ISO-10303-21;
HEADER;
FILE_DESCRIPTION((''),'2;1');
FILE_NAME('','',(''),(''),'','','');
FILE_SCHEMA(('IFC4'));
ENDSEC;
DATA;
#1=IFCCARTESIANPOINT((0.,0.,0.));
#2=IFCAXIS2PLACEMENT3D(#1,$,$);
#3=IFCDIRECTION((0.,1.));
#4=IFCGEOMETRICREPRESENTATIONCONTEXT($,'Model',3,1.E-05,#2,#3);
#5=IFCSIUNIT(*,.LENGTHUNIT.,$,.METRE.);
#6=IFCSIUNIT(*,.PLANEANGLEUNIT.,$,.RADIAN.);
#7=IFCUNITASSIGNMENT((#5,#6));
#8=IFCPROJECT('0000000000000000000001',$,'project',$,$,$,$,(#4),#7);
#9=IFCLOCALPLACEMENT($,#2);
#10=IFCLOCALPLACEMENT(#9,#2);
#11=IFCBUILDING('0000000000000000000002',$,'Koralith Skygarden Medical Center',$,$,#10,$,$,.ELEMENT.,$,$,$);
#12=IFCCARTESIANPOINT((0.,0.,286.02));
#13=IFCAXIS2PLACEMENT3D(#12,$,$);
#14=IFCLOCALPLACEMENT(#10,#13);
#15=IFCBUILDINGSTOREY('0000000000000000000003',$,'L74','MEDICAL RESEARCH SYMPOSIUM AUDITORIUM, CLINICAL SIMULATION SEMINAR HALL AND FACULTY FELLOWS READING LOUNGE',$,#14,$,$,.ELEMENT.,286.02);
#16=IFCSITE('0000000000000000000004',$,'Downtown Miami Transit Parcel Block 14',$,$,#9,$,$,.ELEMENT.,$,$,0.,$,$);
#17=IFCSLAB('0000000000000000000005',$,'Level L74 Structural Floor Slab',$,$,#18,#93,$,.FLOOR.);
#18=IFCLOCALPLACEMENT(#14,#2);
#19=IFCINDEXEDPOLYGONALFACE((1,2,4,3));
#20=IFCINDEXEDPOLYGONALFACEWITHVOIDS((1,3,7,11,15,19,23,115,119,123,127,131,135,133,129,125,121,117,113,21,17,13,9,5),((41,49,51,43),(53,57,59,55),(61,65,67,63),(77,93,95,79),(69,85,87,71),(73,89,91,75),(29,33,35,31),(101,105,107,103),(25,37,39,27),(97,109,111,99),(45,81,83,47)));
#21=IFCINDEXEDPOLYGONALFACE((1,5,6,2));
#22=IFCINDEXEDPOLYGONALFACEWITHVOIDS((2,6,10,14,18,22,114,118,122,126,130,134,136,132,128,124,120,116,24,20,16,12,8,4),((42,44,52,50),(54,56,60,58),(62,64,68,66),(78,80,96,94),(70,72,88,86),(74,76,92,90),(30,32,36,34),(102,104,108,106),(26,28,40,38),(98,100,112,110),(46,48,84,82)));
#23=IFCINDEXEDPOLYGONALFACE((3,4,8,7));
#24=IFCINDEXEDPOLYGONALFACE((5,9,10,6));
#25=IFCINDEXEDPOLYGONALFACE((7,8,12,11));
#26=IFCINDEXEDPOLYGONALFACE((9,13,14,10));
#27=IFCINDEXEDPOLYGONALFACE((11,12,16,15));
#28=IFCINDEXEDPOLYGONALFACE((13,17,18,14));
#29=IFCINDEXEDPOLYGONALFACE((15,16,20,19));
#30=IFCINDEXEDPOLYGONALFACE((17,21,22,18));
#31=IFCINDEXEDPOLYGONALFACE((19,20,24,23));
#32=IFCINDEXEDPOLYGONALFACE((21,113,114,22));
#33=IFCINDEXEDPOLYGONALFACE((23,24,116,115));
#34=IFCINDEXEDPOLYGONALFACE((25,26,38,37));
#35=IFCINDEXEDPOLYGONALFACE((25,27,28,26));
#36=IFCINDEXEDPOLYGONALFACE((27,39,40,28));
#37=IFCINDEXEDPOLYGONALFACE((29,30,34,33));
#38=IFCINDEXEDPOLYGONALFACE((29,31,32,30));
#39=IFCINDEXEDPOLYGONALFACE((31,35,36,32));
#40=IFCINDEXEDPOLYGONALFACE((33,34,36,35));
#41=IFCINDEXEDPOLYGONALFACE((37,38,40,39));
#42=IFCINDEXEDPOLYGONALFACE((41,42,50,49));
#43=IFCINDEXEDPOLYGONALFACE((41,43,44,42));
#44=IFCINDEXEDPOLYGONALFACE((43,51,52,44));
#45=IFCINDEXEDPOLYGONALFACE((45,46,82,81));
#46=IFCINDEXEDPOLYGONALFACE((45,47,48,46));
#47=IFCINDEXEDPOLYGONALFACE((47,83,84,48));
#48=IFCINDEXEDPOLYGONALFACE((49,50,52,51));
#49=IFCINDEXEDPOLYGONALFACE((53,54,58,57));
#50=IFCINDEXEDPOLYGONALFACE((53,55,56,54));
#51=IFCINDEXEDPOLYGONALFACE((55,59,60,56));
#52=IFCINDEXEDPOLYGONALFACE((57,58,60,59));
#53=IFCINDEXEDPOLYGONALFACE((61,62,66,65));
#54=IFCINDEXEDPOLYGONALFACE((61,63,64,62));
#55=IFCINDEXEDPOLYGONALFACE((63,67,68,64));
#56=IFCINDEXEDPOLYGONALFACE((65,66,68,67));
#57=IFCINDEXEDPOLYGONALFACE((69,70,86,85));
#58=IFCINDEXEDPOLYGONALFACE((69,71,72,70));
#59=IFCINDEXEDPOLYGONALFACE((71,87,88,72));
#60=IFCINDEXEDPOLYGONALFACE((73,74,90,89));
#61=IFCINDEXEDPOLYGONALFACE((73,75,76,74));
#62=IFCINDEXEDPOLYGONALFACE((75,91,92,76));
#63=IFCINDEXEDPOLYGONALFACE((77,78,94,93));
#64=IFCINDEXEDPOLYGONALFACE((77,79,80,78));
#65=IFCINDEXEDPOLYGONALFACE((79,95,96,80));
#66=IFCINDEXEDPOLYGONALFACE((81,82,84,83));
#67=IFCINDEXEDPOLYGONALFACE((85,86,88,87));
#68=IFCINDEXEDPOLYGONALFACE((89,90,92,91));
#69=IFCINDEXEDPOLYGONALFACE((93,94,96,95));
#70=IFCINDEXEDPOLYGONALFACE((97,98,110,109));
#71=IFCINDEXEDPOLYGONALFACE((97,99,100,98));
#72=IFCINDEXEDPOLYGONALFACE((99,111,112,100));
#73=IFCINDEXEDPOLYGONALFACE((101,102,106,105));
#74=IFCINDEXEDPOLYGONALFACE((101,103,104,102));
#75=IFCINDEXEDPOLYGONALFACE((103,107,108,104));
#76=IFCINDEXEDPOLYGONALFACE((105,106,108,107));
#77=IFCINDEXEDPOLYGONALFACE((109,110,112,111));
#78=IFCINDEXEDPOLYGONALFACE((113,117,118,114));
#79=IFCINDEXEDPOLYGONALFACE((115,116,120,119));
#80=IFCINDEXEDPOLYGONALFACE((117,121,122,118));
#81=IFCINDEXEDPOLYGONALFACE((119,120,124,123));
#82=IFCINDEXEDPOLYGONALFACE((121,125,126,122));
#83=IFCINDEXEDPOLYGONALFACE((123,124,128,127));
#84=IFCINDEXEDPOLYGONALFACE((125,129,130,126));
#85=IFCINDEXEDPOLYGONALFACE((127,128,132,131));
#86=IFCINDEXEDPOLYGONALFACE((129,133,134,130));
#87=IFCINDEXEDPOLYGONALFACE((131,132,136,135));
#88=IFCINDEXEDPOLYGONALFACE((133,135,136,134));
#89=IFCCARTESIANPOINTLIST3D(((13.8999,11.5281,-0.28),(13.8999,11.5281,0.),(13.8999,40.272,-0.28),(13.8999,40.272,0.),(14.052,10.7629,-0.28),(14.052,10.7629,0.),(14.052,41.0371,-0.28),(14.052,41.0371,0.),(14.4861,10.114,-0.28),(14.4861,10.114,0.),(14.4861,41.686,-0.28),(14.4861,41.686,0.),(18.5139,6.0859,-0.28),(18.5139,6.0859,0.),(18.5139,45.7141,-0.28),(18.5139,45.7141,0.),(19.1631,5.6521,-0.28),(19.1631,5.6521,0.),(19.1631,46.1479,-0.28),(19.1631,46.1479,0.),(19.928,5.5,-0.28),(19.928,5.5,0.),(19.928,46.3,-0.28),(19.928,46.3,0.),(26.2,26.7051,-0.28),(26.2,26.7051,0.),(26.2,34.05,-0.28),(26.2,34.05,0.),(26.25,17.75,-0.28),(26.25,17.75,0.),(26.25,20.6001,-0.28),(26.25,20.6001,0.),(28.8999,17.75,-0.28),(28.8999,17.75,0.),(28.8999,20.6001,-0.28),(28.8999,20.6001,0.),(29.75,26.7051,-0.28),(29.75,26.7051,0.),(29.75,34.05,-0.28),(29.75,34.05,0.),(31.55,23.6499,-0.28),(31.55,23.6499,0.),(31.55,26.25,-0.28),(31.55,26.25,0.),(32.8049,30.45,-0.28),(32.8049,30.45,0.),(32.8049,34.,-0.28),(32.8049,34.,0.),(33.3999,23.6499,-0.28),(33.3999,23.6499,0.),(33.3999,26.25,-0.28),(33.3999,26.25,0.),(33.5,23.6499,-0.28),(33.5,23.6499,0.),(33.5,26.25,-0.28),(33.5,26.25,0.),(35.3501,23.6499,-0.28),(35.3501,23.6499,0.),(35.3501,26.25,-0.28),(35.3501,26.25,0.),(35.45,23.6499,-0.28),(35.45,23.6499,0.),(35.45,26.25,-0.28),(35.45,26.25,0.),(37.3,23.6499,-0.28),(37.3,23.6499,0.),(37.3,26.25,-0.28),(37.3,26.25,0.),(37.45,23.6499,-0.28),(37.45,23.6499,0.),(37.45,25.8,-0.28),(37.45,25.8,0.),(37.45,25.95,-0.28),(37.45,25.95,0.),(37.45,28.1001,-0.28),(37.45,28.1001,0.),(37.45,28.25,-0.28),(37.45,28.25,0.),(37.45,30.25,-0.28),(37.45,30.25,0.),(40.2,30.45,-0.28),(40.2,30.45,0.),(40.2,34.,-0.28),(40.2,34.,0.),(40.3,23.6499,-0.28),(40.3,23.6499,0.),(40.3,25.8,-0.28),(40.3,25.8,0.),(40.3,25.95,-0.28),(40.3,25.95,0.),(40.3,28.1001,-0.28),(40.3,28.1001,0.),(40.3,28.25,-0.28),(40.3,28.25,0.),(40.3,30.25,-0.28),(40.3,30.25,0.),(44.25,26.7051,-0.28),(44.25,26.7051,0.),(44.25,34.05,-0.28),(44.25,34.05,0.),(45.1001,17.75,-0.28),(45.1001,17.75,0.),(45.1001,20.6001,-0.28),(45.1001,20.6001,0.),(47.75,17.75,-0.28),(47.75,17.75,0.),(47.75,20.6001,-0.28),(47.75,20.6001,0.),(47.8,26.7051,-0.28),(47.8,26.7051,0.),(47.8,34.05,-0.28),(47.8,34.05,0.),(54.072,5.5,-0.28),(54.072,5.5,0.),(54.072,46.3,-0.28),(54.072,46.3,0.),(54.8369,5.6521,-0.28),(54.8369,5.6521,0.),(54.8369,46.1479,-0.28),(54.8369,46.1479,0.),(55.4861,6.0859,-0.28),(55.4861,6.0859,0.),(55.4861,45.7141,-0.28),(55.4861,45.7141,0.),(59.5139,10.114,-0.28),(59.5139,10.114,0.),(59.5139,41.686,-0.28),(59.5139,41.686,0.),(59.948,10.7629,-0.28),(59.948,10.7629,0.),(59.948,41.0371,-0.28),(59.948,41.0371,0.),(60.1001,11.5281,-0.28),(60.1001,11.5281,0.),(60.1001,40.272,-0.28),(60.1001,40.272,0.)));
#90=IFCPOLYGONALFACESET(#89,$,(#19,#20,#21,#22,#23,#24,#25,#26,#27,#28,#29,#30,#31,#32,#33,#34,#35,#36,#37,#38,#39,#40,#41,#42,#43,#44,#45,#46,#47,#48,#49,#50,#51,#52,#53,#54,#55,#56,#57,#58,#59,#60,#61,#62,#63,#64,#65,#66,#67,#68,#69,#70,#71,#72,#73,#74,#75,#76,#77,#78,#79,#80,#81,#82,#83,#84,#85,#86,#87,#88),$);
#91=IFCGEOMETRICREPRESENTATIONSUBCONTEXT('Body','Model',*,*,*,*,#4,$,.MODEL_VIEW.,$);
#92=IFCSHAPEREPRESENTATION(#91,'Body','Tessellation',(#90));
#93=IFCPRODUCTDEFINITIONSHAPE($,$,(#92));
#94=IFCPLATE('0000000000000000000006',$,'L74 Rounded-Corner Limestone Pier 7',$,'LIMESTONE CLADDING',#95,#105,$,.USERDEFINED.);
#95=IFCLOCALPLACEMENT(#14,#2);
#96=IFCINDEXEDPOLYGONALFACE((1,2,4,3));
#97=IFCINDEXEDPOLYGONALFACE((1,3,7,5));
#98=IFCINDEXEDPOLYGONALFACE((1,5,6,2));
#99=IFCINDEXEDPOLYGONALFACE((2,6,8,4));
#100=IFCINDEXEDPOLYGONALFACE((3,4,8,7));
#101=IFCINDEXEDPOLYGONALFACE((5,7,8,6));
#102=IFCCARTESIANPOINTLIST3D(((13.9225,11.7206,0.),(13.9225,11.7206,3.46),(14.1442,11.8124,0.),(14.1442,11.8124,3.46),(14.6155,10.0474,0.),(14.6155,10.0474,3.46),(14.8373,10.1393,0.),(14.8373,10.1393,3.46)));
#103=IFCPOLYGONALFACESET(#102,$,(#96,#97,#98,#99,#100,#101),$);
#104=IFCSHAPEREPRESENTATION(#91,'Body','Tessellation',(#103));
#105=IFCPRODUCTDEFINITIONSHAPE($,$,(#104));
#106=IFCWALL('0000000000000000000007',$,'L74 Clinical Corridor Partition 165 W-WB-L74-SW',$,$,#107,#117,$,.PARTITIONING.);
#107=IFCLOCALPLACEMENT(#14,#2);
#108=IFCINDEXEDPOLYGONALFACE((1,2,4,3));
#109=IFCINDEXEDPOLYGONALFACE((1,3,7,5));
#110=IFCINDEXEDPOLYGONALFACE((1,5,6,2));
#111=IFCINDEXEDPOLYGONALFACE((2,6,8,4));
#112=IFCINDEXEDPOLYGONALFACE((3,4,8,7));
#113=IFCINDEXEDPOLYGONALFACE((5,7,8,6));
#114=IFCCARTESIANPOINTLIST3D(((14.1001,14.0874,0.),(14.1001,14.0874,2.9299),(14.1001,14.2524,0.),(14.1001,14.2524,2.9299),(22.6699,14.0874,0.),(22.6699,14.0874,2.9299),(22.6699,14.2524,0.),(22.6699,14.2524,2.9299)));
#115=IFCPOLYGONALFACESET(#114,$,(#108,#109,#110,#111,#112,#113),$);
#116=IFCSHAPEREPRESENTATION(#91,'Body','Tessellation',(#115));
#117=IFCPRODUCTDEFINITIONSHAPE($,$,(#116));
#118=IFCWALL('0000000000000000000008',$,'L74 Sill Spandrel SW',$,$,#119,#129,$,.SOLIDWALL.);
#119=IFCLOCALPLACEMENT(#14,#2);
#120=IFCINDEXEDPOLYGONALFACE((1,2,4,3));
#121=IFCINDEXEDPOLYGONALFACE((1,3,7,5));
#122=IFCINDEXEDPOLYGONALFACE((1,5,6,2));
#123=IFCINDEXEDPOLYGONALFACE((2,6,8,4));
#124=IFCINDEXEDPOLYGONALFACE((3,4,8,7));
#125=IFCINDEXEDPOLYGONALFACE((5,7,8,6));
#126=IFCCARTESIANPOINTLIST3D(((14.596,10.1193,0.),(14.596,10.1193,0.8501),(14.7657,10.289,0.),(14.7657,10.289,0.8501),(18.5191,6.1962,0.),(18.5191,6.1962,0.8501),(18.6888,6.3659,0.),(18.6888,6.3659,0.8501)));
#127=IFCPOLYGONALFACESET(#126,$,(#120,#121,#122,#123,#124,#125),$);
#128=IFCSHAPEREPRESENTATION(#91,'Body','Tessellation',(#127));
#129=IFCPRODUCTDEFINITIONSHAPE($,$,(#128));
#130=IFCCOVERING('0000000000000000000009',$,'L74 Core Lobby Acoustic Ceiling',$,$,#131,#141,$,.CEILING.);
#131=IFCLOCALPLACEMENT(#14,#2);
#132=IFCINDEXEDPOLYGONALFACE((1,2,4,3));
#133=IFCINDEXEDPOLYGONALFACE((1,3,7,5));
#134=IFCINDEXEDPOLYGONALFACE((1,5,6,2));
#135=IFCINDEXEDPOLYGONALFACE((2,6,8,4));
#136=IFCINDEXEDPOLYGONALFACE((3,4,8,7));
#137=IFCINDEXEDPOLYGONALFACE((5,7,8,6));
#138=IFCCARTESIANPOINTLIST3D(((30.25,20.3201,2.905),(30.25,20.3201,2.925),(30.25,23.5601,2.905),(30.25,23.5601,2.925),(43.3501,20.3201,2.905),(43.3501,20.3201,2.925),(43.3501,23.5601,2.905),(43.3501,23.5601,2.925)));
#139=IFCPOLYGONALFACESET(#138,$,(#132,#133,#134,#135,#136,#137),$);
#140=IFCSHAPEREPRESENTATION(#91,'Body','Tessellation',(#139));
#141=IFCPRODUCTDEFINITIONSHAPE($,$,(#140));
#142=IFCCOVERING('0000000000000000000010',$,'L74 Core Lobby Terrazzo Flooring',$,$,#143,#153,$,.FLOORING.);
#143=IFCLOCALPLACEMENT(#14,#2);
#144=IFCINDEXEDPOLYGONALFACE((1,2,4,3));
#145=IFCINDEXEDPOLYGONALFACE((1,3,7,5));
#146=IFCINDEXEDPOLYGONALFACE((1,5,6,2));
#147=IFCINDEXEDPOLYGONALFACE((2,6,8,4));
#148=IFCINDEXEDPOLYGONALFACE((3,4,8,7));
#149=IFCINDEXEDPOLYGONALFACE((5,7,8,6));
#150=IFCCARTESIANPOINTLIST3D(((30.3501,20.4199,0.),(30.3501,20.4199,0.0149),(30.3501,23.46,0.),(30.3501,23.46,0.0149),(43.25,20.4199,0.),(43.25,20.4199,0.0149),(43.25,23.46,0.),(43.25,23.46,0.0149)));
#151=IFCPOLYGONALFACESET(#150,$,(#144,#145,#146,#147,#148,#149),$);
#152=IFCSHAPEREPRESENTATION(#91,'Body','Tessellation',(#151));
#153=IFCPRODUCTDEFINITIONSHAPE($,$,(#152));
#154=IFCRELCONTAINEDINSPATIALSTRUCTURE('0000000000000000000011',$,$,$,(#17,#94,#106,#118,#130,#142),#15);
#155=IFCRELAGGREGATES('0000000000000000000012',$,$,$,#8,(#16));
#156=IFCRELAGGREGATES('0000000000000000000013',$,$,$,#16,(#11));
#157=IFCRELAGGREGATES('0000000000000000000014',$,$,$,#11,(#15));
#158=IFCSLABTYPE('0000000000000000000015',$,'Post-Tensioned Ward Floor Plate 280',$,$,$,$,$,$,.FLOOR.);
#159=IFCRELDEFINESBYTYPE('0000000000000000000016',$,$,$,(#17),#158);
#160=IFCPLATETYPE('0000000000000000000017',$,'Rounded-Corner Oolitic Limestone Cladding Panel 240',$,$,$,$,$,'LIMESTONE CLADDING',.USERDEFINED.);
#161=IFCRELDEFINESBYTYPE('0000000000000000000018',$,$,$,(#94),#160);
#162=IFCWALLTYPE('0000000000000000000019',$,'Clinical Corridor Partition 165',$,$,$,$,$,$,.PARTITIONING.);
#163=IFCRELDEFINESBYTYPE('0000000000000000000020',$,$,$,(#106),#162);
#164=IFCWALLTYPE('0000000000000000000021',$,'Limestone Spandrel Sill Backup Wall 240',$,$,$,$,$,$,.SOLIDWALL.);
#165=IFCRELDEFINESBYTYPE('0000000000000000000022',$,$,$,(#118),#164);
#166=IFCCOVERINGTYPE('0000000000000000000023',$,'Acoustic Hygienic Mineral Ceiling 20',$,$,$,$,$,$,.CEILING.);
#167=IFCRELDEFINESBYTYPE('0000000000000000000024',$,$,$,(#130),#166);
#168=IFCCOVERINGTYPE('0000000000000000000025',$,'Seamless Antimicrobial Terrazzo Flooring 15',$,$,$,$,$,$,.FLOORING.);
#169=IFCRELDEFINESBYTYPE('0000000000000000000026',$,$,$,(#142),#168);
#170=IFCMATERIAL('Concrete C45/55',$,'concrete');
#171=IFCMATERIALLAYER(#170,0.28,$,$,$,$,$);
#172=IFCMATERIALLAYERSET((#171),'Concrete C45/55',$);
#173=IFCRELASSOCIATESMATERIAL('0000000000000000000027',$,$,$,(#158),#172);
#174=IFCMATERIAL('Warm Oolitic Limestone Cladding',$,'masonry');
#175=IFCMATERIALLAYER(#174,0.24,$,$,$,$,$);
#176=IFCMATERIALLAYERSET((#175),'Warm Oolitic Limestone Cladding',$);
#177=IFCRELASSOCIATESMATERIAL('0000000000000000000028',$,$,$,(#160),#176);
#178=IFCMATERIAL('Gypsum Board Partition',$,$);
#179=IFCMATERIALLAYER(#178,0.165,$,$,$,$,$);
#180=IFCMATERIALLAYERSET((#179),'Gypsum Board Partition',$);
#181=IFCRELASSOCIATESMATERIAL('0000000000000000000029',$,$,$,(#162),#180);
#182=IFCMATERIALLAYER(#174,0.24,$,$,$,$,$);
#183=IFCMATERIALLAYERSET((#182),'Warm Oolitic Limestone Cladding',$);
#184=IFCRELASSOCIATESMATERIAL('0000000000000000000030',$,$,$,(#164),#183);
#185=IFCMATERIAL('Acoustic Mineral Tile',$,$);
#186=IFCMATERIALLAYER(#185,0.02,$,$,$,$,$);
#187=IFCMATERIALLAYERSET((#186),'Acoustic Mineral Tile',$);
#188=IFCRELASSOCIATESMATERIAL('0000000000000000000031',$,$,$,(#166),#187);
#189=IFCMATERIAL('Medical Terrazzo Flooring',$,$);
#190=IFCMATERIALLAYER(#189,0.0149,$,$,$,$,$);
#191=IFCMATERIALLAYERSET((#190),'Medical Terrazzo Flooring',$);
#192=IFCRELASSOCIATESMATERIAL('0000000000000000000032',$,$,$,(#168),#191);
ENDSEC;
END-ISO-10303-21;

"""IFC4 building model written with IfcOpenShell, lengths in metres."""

from ifc_helpers import new_model, si_unit, direction, frame, frame_2d, origin, origin_2d, place, context, subcontext, project, spatial, polyline, rectangle, outline, extrude, material, layer, layer_set, type_object, element, save


model = new_model("IFC4")

# Units and contexts
model_context = context("Model", 3, precision=1e-05, world=origin(), true_north=direction((0.0, 1.0)))
body_context = subcontext(model_context, "Body", "Model", "MODEL_VIEW")
ifc_project = project(units=[si_unit("LENGTHUNIT", "METRE"), si_unit("PLANEANGLEUNIT", "RADIAN")], contexts=[model_context])

# Site, building, storey
site_placement = place(None, origin())
site = spatial("IfcSite", under=ifc_project, at=site_placement, Name="Downtown Miami Transit Parcel Block 14", CompositionType="ELEMENT", RefElevation=0.0)
building_placement = place(site_placement, origin())
building = spatial("IfcBuilding", under=site, at=building_placement, Name="Koralith Skygarden Medical Center", CompositionType="ELEMENT")
storey_placement = place(building_placement, frame((0.0, 0.0, 286.02)))
storey = spatial("IfcBuildingStorey", under=building, at=storey_placement, Name="L74", Description="MEDICAL RESEARCH SYMPOSIUM AUDITORIUM, CLINICAL SIMULATION SEMINAR HALL AND FACULTY FELLOWS READING LOUNGE", CompositionType="ELEMENT", Elevation=286.02)

# Shared definitions
ifc_material_1 = material(Name="Concrete C45/55", Category="concrete")

# Slab
ifc_layer_1 = layer(ifc_material_1, 0.28)
ifc_layer_set_1 = layer_set([ifc_layer_1], Name="Concrete C45/55")
slab_type_1 = type_object("IfcSlabType", Name="Post-Tensioned Ward Floor Plate 280", PredefinedType="FLOOR", material=ifc_layer_set_1)
slab_1_placement = place(storey_placement, frame((0.0, 0.0, -0.28)))
element("IfcSlab", 1, at=slab_1_placement, inside=storey, type_object=slab_type_1, Name="Level L74 Structural Floor Slab", PredefinedType="FLOOR", context=body_context, shape_type="SweptSolid", body=[
    extrude(outline(polyline([(18.5139, 6.0859), (19.1631, 5.6521), (19.928, 5.5), (54.072, 5.5), (54.8369, 5.6521), (55.4861, 6.0859), (59.5139, 10.114), (59.948, 10.7629), (60.1001, 11.5281), (60.1001, 40.272), (59.948, 41.0371), (59.5139, 41.686), (55.4861, 45.7141), (54.8369, 46.1479), (54.072, 46.3), (19.928, 46.3), (19.1631, 46.1479), (18.5139, 45.7141), (14.4861, 41.686), (14.052, 41.0371), (13.8999, 40.272), (13.8999, 11.5281), (14.052, 10.7629), (14.4861, 10.114), (18.5139, 6.0859)]), holes=[polyline([(26.2, 26.7051), (29.75, 26.7051), (29.75, 34.05), (26.2, 34.05), (26.2, 26.7051)]), polyline([(44.25, 26.7051), (47.8, 26.7051), (47.8, 34.05), (44.25, 34.05), (44.25, 26.7051)]), polyline([(32.8049, 30.45), (40.2, 30.45), (40.2, 34.0), (32.8049, 34.0), (32.8049, 30.45)]), polyline([(26.25, 17.75), (28.8999, 17.75), (28.8999, 20.6001), (26.25, 20.6001), (26.25, 17.75)]), polyline([(45.1001, 17.75), (47.75, 17.75), (47.75, 20.6001), (45.1001, 20.6001), (45.1001, 17.75)]), polyline([(31.55, 23.6499), (33.3999, 23.6499), (33.3999, 26.25), (31.55, 26.25), (31.55, 23.6499)]), polyline([(33.5, 23.6499), (35.3501, 23.6499), (35.3501, 26.25), (33.5, 26.25), (33.5, 23.6499)]), polyline([(35.45, 23.6499), (37.3, 23.6499), (37.3, 26.25), (35.45, 26.25), (35.45, 23.6499)]), polyline([(37.45, 23.6499), (40.3, 23.6499), (40.3, 25.8), (37.45, 25.8), (37.45, 23.6499)]), polyline([(37.45, 25.95), (40.3, 25.95), (40.3, 28.1001), (37.45, 28.1001), (37.45, 25.95)]), polyline([(37.45, 28.25), (40.3, 28.25), (40.3, 30.25), (37.45, 30.25), (37.45, 28.25)])]), origin(), (0.0, 0.0, 1.0), 0.28),
])

# Plate
ifc_material_2 = material(Name="Warm Oolitic Limestone Cladding", Category="masonry")
ifc_layer_2 = layer(ifc_material_2, 0.24)
ifc_layer_set_2 = layer_set([ifc_layer_2], Name="Warm Oolitic Limestone Cladding")
plate_type_1 = type_object("IfcPlateType", Name="Rounded-Corner Oolitic Limestone Cladding Panel 240", ElementType="LIMESTONE CLADDING", PredefinedType="USERDEFINED", material=ifc_layer_set_2)
plate_1_placement = place(storey_placement, frame((14.3799, 10.9299, 0.0), z_axis=(0.0, 0.0, 1.0), x_axis=(0.382671, -0.923885, 0.0)))
element("IfcPlate", 2, at=plate_1_placement, inside=storey, type_object=plate_type_1, Name="L74 Rounded-Corner Limestone Pier 7", ObjectType="LIMESTONE CLADDING", PredefinedType="USERDEFINED", context=body_context, shape_type="SweptSolid", body=[
    extrude(rectangle(XDim=1.811, YDim=0.24, at=origin_2d()), origin(), (0.0, 0.0, 1.0), 3.46),
])

# Walls
ifc_material_3 = material(Name="Gypsum Board Partition")
ifc_layer_3 = layer(ifc_material_3, 0.165)
ifc_layer_set_3 = layer_set([ifc_layer_3], Name="Gypsum Board Partition")
wall_type_1 = type_object("IfcWallType", Name="Clinical Corridor Partition 165", PredefinedType="PARTITIONING", material=ifc_layer_set_3)
wall_1_placement = place(storey_placement, frame((14.1001, 14.1699, 0.0), z_axis=(0.0, 0.0, 1.0), x_axis=(1.0, 0.0, 0.0)))
element("IfcWall", 3, at=wall_1_placement, inside=storey, type_object=wall_type_1, Name="L74 Clinical Corridor Partition 165 W-WB-L74-SW", PredefinedType="PARTITIONING", context=body_context, shape_type="SweptSolid", body=[
    extrude(rectangle(XDim=8.5698, YDim=0.165, at=frame_2d((4.2849, 0.0))), origin(), (0.0, 0.0, 1.0), 2.9299),
])
ifc_layer_4 = layer(ifc_material_2, 0.24)
ifc_layer_set_4 = layer_set([ifc_layer_4], Name="Warm Oolitic Limestone Cladding")
wall_type_2 = type_object("IfcWallType", Name="Limestone Spandrel Sill Backup Wall 240", PredefinedType="SOLIDWALL", material=ifc_layer_set_4)
wall_2_placement = place(storey_placement, frame((14.6809, 10.2041, 0.0), z_axis=(0.0, 0.0, 1.0), x_axis=(0.707107, -0.707107, 0.0)))
element("IfcWall", 4, at=wall_2_placement, inside=storey, type_object=wall_type_2, Name="L74 Sill Spandrel SW", PredefinedType="SOLIDWALL", context=body_context, shape_type="SweptSolid", body=[
    extrude(rectangle(XDim=5.5481, YDim=0.24, at=frame_2d((2.7739, 0.0))), origin(), (0.0, 0.0, 1.0), 0.8501),
])

# Coverings
ifc_material_4 = material(Name="Acoustic Mineral Tile")
ifc_layer_5 = layer(ifc_material_4, 0.02)
ifc_layer_set_5 = layer_set([ifc_layer_5], Name="Acoustic Mineral Tile")
covering_type_1 = type_object("IfcCoveringType", Name="Acoustic Hygienic Mineral Ceiling 20", PredefinedType="CEILING", material=ifc_layer_set_5)
covering_1_placement = place(storey_placement, frame((0.0, 0.0, 2.905)))
element("IfcCovering", 5, at=covering_1_placement, inside=storey, type_object=covering_type_1, Name="L74 Core Lobby Acoustic Ceiling", PredefinedType="CEILING", context=body_context, shape_type="SweptSolid", body=[
    extrude(outline(polyline([(30.25, 20.3201), (43.3501, 20.3201), (43.3501, 23.5601), (30.25, 23.5601), (30.25, 20.3201)])), origin(), (0.0, 0.0, 1.0), 0.02),
])
ifc_material_5 = material(Name="Medical Terrazzo Flooring")
ifc_layer_6 = layer(ifc_material_5, 0.0149)
ifc_layer_set_6 = layer_set([ifc_layer_6], Name="Medical Terrazzo Flooring")
covering_type_2 = type_object("IfcCoveringType", Name="Seamless Antimicrobial Terrazzo Flooring 15", PredefinedType="FLOORING", material=ifc_layer_set_6)
covering_2_placement = place(storey_placement, origin())
element("IfcCovering", 6, at=covering_2_placement, inside=storey, type_object=covering_type_2, Name="L74 Core Lobby Terrazzo Flooring", PredefinedType="FLOORING", context=body_context, shape_type="SweptSolid", body=[
    extrude(outline(polyline([(30.3501, 20.4199), (43.25, 20.4199), (43.25, 23.46), (30.3501, 23.46), (30.3501, 20.4199)])), origin(), (0.0, 0.0, 1.0), 0.0149),
])

save(model, "model.ifc")
